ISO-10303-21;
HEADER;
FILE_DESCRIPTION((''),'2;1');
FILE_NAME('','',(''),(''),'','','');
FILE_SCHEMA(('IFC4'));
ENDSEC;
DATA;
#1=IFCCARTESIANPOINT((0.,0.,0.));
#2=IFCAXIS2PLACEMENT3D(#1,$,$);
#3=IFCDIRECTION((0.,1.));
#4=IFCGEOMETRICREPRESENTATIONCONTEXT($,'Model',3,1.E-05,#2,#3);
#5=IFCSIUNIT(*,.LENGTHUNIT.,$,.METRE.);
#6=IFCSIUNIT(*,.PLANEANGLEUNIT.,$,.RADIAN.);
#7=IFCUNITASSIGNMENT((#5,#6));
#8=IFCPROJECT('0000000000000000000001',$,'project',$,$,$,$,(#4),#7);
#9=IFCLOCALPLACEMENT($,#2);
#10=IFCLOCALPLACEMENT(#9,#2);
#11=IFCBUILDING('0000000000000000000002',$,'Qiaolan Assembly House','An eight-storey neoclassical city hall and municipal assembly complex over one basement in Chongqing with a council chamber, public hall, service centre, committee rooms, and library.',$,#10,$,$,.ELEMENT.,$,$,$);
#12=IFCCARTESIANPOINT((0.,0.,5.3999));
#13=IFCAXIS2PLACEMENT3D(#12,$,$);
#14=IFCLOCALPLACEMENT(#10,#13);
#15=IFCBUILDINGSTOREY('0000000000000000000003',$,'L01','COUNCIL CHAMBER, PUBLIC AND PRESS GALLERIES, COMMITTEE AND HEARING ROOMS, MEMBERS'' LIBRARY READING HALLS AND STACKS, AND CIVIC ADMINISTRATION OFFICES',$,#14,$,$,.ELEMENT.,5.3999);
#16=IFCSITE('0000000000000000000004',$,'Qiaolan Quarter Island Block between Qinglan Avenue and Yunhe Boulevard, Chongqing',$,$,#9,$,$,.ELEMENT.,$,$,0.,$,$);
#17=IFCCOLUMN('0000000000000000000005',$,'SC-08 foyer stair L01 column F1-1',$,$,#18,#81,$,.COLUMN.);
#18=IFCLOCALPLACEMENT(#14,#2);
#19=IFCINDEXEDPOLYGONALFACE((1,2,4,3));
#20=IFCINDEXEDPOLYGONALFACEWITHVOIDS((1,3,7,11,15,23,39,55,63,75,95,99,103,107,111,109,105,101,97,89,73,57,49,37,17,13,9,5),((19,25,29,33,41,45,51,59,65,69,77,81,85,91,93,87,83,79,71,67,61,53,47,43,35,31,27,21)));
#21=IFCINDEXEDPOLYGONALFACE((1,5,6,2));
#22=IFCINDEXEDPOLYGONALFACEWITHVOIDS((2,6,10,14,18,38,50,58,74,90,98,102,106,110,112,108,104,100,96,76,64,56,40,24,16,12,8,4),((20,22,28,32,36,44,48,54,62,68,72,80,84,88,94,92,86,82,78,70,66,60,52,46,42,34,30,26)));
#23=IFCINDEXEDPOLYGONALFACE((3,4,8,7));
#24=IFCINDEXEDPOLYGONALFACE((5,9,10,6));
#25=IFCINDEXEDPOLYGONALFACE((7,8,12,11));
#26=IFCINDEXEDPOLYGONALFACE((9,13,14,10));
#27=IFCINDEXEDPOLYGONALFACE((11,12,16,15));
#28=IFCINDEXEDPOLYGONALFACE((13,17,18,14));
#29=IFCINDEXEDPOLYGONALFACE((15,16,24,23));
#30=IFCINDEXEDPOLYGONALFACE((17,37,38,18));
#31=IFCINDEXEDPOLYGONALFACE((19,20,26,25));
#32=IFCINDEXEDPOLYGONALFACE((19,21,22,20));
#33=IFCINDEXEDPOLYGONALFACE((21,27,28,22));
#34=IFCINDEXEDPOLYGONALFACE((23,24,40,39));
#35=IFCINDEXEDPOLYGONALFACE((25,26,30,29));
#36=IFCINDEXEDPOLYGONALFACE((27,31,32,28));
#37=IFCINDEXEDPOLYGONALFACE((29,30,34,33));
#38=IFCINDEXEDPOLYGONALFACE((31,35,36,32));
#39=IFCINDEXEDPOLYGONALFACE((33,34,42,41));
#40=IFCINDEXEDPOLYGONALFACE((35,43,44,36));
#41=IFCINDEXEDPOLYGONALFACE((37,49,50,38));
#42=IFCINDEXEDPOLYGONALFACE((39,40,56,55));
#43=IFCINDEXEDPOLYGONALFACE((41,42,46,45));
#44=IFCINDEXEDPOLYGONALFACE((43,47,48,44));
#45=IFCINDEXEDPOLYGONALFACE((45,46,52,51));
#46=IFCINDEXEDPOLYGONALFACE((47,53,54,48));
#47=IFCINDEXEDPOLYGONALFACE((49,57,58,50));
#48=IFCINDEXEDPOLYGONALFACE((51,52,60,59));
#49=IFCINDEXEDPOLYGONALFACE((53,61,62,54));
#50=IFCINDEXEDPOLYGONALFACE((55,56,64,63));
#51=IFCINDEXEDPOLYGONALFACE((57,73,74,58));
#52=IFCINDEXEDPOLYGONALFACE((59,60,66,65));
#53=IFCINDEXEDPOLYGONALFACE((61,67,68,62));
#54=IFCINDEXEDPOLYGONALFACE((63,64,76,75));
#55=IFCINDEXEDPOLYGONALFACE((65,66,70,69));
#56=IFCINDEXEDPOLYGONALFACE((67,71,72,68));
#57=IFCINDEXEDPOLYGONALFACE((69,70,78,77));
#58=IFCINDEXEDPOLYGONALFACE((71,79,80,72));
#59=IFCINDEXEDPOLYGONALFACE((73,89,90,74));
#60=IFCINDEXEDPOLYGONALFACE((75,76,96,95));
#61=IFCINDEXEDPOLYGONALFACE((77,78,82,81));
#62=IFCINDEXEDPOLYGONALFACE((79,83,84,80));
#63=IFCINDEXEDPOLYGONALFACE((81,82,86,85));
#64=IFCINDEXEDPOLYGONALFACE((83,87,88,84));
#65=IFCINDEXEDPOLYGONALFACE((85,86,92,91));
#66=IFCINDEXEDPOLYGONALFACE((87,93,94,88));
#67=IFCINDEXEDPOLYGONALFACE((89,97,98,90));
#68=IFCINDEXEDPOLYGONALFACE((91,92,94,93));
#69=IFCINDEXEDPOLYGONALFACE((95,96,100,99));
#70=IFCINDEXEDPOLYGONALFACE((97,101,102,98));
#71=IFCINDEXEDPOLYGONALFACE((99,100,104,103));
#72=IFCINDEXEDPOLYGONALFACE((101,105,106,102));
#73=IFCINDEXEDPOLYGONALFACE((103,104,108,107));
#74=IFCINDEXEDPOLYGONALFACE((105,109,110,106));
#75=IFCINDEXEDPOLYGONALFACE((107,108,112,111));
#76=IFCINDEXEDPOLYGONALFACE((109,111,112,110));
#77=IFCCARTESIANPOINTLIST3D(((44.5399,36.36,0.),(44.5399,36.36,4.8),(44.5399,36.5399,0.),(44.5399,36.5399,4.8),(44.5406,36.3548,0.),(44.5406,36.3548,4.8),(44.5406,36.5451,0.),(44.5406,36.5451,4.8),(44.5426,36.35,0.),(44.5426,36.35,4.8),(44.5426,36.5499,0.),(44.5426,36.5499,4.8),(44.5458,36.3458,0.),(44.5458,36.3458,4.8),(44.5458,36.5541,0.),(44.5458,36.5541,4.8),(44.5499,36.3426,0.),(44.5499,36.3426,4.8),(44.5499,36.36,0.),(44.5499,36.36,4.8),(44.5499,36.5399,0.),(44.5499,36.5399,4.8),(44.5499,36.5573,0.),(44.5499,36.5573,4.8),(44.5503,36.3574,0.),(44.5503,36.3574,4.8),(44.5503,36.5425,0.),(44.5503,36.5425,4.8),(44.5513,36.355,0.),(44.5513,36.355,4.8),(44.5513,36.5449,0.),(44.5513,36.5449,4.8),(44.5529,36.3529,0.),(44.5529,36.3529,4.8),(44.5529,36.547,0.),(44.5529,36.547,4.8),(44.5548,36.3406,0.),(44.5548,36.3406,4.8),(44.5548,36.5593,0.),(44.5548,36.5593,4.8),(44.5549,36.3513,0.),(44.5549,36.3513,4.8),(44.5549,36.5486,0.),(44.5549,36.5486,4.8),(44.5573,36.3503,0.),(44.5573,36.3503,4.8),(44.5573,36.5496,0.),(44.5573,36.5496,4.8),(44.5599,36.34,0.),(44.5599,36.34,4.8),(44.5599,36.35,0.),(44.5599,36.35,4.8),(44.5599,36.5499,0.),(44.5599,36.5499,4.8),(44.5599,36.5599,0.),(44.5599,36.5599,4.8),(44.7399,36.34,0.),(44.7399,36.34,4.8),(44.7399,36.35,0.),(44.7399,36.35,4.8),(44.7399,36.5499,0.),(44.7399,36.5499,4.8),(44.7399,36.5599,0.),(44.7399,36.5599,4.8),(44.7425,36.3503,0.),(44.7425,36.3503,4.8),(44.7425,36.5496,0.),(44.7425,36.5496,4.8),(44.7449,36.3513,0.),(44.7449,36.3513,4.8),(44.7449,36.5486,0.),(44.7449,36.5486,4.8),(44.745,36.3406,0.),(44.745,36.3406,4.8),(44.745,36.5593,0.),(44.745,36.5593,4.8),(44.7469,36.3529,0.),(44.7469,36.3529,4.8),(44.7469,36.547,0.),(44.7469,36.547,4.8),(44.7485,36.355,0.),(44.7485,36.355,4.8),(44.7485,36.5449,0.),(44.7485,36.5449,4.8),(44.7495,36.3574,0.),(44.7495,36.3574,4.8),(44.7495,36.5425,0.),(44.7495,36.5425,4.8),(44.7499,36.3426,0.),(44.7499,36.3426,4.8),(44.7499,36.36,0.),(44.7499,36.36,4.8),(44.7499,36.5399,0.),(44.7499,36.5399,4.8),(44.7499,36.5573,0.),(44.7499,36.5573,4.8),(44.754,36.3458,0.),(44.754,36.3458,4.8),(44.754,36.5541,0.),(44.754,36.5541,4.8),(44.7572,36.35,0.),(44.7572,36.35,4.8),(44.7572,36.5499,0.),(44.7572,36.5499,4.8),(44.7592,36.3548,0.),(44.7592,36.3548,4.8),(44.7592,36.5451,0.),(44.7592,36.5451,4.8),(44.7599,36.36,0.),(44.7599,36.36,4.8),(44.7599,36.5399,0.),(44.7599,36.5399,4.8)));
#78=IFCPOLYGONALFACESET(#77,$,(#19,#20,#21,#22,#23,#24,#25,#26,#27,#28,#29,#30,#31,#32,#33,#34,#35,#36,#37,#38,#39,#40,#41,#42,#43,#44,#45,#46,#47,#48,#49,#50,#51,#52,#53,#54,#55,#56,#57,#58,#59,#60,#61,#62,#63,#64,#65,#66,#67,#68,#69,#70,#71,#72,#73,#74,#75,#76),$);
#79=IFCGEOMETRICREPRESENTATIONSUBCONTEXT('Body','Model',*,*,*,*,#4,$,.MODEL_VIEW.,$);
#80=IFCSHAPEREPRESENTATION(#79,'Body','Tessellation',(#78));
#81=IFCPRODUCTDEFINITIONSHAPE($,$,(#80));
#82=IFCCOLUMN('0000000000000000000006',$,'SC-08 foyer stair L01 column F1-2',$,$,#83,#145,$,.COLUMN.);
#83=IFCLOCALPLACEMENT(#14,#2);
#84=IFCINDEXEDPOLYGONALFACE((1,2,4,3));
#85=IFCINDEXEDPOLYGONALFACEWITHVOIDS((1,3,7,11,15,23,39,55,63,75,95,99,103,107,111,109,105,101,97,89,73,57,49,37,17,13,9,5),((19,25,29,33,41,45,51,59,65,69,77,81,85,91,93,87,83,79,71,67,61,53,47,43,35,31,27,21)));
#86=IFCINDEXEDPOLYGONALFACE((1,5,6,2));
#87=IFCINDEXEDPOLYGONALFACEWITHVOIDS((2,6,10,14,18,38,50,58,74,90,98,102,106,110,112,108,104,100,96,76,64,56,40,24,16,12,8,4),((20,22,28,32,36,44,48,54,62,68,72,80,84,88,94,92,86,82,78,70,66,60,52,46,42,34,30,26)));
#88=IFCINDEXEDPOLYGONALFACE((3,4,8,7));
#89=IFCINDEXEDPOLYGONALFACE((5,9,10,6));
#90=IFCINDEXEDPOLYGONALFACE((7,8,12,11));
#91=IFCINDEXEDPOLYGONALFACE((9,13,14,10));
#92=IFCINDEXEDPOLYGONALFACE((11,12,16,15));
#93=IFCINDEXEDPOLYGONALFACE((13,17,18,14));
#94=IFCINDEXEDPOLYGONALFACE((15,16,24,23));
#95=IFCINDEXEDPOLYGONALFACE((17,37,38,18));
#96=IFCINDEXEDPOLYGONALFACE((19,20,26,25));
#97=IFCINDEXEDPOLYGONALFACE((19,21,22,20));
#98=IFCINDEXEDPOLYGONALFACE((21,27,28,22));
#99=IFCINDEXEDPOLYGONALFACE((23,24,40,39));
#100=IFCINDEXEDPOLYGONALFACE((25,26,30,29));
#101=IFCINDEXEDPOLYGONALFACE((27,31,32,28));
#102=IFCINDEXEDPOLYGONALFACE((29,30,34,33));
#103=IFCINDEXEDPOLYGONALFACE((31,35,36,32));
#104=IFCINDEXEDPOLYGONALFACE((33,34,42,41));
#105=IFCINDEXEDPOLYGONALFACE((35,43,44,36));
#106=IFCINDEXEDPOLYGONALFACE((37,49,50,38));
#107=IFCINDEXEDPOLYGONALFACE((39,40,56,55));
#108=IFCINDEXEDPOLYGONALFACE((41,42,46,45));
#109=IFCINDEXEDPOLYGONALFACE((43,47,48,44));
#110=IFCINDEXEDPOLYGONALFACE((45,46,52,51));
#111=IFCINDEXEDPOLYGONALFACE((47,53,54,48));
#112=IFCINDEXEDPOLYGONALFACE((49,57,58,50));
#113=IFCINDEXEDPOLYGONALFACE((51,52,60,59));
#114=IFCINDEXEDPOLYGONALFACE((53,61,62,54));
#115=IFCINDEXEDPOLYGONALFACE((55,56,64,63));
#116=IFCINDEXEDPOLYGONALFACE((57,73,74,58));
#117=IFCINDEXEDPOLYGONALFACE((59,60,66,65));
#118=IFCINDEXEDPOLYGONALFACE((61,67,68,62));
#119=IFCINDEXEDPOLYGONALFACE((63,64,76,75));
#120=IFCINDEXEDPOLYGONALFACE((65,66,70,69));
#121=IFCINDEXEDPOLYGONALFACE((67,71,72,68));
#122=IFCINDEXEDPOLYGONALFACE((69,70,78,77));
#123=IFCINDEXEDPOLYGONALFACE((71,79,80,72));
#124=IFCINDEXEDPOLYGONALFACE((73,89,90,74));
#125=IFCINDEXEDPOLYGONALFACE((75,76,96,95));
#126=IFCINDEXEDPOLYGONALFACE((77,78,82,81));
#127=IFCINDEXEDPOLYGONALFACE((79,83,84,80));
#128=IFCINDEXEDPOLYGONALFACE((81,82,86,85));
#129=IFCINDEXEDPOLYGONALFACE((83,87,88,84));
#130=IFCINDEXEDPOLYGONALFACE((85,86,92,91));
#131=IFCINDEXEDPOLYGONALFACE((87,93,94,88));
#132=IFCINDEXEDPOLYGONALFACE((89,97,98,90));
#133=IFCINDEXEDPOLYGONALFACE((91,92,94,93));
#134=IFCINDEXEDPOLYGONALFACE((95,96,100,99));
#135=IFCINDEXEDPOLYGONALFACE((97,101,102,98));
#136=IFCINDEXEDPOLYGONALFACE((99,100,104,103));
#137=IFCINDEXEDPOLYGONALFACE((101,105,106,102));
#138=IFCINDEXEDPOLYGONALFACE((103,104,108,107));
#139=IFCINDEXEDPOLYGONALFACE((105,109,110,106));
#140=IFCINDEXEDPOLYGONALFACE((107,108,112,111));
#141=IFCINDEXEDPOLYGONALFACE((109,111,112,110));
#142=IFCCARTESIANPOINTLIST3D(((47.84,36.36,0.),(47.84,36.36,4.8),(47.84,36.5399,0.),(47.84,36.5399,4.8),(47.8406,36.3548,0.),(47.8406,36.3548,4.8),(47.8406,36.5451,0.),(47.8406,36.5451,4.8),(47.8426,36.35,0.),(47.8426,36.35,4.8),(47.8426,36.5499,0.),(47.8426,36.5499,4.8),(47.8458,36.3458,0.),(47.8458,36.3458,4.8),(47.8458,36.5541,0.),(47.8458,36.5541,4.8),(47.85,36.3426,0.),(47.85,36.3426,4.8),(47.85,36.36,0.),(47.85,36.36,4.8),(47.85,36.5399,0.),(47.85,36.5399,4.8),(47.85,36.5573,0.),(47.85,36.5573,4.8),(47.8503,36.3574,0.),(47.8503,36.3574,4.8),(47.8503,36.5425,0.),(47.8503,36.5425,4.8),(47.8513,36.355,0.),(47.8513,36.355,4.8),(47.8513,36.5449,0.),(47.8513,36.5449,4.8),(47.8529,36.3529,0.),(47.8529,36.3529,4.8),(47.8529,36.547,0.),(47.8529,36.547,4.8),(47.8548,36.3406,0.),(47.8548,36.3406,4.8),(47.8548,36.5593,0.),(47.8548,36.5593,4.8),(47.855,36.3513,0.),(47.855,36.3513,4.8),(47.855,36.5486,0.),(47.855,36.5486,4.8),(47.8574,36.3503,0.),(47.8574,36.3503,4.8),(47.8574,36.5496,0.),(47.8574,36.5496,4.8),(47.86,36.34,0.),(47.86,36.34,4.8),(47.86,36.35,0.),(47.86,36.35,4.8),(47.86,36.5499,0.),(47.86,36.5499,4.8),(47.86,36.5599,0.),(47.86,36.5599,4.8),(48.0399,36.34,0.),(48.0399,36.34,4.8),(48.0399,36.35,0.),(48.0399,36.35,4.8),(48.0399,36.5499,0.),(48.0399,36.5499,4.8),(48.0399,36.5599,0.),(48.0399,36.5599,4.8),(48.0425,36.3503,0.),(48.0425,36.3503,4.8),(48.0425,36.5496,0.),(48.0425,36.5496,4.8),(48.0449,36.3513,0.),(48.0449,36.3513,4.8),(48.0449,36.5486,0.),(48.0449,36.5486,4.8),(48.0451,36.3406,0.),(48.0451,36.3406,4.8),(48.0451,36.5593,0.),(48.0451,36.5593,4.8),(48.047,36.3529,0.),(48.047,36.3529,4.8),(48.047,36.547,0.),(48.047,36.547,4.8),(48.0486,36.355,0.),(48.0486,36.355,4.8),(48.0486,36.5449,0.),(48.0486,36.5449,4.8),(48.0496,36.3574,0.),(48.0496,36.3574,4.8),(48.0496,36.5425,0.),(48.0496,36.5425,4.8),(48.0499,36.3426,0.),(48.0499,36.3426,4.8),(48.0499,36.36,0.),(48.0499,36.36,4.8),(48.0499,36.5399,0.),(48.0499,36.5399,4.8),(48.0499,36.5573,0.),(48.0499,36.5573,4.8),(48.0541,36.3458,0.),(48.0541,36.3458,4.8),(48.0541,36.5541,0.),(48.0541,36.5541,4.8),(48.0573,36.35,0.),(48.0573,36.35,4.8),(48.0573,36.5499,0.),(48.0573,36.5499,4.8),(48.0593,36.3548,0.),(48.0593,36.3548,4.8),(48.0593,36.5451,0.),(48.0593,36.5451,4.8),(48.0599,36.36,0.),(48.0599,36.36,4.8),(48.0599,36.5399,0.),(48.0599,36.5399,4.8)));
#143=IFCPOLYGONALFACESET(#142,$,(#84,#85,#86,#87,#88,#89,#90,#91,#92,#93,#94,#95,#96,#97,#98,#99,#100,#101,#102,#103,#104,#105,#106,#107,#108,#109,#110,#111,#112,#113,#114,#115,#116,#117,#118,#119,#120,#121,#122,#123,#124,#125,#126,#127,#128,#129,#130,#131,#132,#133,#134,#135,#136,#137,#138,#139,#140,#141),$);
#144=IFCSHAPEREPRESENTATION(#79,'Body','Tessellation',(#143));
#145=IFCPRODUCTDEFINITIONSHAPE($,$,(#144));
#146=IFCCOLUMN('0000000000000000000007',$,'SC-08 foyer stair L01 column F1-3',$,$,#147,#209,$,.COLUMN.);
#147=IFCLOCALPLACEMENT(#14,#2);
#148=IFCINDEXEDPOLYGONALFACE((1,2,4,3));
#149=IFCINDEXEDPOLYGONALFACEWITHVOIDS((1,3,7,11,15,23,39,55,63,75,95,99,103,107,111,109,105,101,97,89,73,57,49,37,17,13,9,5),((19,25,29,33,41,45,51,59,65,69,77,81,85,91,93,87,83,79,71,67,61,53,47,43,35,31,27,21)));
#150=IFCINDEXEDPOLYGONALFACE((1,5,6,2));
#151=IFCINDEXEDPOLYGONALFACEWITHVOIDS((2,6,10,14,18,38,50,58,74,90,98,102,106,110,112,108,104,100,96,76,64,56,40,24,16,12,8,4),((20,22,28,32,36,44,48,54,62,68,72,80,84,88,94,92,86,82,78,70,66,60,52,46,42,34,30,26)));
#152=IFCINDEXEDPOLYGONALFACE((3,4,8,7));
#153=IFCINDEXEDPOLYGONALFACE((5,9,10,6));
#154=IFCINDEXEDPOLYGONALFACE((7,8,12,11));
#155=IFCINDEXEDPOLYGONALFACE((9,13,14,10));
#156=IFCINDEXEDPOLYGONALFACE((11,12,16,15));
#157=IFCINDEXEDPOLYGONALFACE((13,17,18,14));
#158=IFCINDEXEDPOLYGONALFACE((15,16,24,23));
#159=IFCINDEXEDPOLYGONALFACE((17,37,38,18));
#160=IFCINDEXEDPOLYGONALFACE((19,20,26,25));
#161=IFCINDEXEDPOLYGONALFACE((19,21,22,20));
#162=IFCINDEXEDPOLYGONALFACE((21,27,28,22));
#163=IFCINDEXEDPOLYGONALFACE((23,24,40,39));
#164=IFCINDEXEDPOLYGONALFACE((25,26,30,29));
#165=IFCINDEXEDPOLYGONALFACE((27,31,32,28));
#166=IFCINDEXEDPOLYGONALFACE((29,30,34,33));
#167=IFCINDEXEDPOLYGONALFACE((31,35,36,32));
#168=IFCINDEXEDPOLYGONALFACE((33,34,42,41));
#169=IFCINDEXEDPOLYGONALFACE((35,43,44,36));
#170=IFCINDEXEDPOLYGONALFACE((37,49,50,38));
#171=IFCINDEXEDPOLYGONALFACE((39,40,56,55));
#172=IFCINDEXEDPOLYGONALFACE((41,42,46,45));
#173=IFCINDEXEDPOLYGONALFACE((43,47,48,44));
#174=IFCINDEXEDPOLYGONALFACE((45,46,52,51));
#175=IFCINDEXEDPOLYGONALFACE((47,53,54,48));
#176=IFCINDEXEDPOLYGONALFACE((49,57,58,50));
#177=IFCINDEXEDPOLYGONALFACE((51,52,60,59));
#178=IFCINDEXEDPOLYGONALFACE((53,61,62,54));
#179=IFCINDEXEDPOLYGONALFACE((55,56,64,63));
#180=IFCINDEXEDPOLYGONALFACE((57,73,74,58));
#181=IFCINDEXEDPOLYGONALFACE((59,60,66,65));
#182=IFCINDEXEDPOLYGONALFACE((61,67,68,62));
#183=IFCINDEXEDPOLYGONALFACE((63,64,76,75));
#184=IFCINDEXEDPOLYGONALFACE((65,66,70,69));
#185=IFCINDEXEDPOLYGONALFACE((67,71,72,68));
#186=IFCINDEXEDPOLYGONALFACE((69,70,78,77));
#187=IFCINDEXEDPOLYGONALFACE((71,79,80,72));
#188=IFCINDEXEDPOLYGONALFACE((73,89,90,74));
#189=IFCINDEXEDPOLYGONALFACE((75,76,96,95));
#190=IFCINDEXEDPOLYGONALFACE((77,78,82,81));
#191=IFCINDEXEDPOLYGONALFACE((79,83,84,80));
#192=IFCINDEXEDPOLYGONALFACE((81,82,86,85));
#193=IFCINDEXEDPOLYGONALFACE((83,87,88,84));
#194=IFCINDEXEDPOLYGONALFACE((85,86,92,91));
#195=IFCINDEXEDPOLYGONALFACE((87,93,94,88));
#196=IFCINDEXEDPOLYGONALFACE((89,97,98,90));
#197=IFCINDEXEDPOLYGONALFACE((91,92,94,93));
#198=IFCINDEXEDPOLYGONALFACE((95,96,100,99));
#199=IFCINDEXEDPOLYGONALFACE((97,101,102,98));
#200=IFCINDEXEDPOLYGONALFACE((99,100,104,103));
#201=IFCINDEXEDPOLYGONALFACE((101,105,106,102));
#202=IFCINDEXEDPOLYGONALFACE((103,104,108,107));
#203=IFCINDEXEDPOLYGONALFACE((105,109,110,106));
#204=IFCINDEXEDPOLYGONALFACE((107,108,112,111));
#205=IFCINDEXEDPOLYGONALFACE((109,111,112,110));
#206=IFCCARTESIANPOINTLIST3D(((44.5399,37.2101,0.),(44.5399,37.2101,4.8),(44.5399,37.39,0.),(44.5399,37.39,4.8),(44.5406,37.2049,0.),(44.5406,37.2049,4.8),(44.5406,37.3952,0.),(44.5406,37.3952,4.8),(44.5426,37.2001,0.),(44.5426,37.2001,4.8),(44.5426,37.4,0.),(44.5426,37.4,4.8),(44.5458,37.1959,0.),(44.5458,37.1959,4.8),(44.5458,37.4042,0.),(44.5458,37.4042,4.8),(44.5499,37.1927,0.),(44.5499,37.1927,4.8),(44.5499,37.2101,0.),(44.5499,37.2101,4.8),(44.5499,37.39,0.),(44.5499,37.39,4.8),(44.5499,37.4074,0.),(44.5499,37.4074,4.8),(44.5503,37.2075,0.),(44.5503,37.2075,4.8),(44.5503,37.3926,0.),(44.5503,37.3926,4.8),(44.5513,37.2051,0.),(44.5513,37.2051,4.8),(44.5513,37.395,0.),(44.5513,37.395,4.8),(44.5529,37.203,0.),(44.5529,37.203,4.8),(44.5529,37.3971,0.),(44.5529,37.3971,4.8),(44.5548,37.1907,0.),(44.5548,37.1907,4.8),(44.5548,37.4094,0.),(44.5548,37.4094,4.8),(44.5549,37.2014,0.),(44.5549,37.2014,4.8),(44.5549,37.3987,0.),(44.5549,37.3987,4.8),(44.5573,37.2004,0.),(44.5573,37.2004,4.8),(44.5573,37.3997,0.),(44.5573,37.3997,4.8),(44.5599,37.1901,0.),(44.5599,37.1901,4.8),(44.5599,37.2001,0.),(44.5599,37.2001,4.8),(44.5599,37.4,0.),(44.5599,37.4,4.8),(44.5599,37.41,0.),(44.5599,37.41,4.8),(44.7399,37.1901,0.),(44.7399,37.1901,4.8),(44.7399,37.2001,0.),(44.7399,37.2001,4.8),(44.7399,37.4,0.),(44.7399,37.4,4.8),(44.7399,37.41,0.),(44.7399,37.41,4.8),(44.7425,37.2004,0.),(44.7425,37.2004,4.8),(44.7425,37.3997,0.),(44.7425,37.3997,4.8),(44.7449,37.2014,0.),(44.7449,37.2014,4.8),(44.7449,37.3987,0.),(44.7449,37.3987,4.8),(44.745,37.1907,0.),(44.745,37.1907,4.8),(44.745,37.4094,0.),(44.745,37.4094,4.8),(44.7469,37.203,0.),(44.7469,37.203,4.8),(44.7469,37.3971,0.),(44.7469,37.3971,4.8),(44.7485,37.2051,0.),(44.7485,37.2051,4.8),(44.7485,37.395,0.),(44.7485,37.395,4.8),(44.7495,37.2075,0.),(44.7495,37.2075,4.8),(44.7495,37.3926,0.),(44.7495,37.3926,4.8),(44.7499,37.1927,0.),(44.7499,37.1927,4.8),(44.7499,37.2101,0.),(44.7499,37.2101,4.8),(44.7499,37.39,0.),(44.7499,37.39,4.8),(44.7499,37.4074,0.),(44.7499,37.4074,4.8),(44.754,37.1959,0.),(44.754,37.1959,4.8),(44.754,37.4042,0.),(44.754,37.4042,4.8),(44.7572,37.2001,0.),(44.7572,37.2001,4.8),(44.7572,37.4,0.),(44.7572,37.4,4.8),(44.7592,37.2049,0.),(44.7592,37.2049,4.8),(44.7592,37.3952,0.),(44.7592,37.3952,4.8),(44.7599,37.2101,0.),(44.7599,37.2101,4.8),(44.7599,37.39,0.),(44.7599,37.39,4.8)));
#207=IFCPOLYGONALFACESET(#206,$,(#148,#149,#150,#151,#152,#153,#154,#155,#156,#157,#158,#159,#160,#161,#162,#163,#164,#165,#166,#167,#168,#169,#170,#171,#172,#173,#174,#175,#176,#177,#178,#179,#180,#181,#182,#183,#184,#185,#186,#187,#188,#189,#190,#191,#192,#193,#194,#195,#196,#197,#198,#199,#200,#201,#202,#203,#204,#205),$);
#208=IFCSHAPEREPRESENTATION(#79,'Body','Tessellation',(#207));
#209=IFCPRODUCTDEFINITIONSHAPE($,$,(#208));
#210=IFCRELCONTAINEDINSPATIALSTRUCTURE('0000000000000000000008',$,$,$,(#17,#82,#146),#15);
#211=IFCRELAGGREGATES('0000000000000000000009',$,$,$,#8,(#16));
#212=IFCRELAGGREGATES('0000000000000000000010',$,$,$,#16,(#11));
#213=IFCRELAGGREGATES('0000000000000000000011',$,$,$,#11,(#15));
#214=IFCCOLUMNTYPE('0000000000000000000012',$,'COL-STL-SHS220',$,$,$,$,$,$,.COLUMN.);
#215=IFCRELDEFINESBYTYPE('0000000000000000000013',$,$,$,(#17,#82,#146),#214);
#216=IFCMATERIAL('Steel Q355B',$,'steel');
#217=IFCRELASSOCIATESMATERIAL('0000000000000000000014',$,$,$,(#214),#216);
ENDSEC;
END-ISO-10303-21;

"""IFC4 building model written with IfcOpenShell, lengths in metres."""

from ifc_helpers import new_model, si_unit, direction, frame, origin, origin_2d, place, context, subcontext, project, spatial, hollow_rectangle, extrude, material, material_profile, profile_set, type_object, element, save


model = new_model("IFC4")

# Units and contexts
model_context = context("Model", 3, precision=1e-05, world=origin(), true_north=direction((0.0, 1.0)))
body_context = subcontext(model_context, "Body", "Model", "MODEL_VIEW")
ifc_project = project(units=[si_unit("LENGTHUNIT", "METRE"), si_unit("PLANEANGLEUNIT", "RADIAN")], contexts=[model_context])

# Site, building, storey
site_placement = place(None, origin())
site = spatial("IfcSite", under=ifc_project, at=site_placement, Name="Qiaolan Quarter Island Block between Qinglan Avenue and Yunhe Boulevard, Chongqing", CompositionType="ELEMENT", RefElevation=0.0)
building_placement = place(site_placement, origin())
building = spatial("IfcBuilding", under=site, at=building_placement, Name="Qiaolan Assembly House", Description="An eight-storey neoclassical city hall and municipal assembly complex over one basement in Chongqing with a council chamber, public hall, service centre, committee rooms, and library.", CompositionType="ELEMENT")
storey_placement = place(building_placement, frame((0.0, 0.0, 5.3999)))
storey = spatial("IfcBuildingStorey", under=building, at=storey_placement, Name="L01", Description="COUNCIL CHAMBER, PUBLIC AND PRESS GALLERIES, COMMITTEE AND HEARING ROOMS, MEMBERS' LIBRARY READING HALLS AND STACKS, AND CIVIC ADMINISTRATION OFFICES", CompositionType="ELEMENT", Elevation=5.3999)

# Columns
ifc_material_1 = material(Name="Steel Q355B", Category="steel")
ifc_material_profile_1 = material_profile(ifc_material_1, hollow_rectangle(XDim=0.22, YDim=0.22, WallThickness=0.01, InnerFilletRadius=0.01, OuterFilletRadius=0.02, at=origin_2d()), Name="SHS 220x220x10")
ifc_profile_set_1 = profile_set([ifc_material_profile_1], Name="Steel Q355B")
column_type = type_object("IfcColumnType", Name="COL-STL-SHS220", PredefinedType="COLUMN", material=ifc_profile_set_1)
for number, where, z_axis, x_axis, name in (
    (1, (44.6499, 36.45, 0.0), (0.0, 0.0, 1.0), (1.0, 0.0, 0.0), "SC-08 foyer stair L01 column F1-1"),
    (2, (47.95, 36.45, 0.0), (0.0, 0.0, 1.0), (1.0, 0.0, 0.0), "SC-08 foyer stair L01 column F1-2"),
    (3, (44.6499, 37.3, 0.0), (0.0, 0.0, 1.0), (1.0, 0.0, 0.0), "SC-08 foyer stair L01 column F1-3"),
):
    element("IfcColumn", number, at=place(storey_placement, frame(where, z_axis=z_axis, x_axis=x_axis)), inside=storey, type_object=column_type, Name=name, PredefinedType="COLUMN", context=body_context, shape_type="SweptSolid", body=[
        extrude(hollow_rectangle(XDim=0.22, YDim=0.22, WallThickness=0.01, InnerFilletRadius=0.01, OuterFilletRadius=0.02, at=origin_2d()), origin(), (0.0, 0.0, 1.0), 4.8),
    ])

save(model, "model.ifc")
